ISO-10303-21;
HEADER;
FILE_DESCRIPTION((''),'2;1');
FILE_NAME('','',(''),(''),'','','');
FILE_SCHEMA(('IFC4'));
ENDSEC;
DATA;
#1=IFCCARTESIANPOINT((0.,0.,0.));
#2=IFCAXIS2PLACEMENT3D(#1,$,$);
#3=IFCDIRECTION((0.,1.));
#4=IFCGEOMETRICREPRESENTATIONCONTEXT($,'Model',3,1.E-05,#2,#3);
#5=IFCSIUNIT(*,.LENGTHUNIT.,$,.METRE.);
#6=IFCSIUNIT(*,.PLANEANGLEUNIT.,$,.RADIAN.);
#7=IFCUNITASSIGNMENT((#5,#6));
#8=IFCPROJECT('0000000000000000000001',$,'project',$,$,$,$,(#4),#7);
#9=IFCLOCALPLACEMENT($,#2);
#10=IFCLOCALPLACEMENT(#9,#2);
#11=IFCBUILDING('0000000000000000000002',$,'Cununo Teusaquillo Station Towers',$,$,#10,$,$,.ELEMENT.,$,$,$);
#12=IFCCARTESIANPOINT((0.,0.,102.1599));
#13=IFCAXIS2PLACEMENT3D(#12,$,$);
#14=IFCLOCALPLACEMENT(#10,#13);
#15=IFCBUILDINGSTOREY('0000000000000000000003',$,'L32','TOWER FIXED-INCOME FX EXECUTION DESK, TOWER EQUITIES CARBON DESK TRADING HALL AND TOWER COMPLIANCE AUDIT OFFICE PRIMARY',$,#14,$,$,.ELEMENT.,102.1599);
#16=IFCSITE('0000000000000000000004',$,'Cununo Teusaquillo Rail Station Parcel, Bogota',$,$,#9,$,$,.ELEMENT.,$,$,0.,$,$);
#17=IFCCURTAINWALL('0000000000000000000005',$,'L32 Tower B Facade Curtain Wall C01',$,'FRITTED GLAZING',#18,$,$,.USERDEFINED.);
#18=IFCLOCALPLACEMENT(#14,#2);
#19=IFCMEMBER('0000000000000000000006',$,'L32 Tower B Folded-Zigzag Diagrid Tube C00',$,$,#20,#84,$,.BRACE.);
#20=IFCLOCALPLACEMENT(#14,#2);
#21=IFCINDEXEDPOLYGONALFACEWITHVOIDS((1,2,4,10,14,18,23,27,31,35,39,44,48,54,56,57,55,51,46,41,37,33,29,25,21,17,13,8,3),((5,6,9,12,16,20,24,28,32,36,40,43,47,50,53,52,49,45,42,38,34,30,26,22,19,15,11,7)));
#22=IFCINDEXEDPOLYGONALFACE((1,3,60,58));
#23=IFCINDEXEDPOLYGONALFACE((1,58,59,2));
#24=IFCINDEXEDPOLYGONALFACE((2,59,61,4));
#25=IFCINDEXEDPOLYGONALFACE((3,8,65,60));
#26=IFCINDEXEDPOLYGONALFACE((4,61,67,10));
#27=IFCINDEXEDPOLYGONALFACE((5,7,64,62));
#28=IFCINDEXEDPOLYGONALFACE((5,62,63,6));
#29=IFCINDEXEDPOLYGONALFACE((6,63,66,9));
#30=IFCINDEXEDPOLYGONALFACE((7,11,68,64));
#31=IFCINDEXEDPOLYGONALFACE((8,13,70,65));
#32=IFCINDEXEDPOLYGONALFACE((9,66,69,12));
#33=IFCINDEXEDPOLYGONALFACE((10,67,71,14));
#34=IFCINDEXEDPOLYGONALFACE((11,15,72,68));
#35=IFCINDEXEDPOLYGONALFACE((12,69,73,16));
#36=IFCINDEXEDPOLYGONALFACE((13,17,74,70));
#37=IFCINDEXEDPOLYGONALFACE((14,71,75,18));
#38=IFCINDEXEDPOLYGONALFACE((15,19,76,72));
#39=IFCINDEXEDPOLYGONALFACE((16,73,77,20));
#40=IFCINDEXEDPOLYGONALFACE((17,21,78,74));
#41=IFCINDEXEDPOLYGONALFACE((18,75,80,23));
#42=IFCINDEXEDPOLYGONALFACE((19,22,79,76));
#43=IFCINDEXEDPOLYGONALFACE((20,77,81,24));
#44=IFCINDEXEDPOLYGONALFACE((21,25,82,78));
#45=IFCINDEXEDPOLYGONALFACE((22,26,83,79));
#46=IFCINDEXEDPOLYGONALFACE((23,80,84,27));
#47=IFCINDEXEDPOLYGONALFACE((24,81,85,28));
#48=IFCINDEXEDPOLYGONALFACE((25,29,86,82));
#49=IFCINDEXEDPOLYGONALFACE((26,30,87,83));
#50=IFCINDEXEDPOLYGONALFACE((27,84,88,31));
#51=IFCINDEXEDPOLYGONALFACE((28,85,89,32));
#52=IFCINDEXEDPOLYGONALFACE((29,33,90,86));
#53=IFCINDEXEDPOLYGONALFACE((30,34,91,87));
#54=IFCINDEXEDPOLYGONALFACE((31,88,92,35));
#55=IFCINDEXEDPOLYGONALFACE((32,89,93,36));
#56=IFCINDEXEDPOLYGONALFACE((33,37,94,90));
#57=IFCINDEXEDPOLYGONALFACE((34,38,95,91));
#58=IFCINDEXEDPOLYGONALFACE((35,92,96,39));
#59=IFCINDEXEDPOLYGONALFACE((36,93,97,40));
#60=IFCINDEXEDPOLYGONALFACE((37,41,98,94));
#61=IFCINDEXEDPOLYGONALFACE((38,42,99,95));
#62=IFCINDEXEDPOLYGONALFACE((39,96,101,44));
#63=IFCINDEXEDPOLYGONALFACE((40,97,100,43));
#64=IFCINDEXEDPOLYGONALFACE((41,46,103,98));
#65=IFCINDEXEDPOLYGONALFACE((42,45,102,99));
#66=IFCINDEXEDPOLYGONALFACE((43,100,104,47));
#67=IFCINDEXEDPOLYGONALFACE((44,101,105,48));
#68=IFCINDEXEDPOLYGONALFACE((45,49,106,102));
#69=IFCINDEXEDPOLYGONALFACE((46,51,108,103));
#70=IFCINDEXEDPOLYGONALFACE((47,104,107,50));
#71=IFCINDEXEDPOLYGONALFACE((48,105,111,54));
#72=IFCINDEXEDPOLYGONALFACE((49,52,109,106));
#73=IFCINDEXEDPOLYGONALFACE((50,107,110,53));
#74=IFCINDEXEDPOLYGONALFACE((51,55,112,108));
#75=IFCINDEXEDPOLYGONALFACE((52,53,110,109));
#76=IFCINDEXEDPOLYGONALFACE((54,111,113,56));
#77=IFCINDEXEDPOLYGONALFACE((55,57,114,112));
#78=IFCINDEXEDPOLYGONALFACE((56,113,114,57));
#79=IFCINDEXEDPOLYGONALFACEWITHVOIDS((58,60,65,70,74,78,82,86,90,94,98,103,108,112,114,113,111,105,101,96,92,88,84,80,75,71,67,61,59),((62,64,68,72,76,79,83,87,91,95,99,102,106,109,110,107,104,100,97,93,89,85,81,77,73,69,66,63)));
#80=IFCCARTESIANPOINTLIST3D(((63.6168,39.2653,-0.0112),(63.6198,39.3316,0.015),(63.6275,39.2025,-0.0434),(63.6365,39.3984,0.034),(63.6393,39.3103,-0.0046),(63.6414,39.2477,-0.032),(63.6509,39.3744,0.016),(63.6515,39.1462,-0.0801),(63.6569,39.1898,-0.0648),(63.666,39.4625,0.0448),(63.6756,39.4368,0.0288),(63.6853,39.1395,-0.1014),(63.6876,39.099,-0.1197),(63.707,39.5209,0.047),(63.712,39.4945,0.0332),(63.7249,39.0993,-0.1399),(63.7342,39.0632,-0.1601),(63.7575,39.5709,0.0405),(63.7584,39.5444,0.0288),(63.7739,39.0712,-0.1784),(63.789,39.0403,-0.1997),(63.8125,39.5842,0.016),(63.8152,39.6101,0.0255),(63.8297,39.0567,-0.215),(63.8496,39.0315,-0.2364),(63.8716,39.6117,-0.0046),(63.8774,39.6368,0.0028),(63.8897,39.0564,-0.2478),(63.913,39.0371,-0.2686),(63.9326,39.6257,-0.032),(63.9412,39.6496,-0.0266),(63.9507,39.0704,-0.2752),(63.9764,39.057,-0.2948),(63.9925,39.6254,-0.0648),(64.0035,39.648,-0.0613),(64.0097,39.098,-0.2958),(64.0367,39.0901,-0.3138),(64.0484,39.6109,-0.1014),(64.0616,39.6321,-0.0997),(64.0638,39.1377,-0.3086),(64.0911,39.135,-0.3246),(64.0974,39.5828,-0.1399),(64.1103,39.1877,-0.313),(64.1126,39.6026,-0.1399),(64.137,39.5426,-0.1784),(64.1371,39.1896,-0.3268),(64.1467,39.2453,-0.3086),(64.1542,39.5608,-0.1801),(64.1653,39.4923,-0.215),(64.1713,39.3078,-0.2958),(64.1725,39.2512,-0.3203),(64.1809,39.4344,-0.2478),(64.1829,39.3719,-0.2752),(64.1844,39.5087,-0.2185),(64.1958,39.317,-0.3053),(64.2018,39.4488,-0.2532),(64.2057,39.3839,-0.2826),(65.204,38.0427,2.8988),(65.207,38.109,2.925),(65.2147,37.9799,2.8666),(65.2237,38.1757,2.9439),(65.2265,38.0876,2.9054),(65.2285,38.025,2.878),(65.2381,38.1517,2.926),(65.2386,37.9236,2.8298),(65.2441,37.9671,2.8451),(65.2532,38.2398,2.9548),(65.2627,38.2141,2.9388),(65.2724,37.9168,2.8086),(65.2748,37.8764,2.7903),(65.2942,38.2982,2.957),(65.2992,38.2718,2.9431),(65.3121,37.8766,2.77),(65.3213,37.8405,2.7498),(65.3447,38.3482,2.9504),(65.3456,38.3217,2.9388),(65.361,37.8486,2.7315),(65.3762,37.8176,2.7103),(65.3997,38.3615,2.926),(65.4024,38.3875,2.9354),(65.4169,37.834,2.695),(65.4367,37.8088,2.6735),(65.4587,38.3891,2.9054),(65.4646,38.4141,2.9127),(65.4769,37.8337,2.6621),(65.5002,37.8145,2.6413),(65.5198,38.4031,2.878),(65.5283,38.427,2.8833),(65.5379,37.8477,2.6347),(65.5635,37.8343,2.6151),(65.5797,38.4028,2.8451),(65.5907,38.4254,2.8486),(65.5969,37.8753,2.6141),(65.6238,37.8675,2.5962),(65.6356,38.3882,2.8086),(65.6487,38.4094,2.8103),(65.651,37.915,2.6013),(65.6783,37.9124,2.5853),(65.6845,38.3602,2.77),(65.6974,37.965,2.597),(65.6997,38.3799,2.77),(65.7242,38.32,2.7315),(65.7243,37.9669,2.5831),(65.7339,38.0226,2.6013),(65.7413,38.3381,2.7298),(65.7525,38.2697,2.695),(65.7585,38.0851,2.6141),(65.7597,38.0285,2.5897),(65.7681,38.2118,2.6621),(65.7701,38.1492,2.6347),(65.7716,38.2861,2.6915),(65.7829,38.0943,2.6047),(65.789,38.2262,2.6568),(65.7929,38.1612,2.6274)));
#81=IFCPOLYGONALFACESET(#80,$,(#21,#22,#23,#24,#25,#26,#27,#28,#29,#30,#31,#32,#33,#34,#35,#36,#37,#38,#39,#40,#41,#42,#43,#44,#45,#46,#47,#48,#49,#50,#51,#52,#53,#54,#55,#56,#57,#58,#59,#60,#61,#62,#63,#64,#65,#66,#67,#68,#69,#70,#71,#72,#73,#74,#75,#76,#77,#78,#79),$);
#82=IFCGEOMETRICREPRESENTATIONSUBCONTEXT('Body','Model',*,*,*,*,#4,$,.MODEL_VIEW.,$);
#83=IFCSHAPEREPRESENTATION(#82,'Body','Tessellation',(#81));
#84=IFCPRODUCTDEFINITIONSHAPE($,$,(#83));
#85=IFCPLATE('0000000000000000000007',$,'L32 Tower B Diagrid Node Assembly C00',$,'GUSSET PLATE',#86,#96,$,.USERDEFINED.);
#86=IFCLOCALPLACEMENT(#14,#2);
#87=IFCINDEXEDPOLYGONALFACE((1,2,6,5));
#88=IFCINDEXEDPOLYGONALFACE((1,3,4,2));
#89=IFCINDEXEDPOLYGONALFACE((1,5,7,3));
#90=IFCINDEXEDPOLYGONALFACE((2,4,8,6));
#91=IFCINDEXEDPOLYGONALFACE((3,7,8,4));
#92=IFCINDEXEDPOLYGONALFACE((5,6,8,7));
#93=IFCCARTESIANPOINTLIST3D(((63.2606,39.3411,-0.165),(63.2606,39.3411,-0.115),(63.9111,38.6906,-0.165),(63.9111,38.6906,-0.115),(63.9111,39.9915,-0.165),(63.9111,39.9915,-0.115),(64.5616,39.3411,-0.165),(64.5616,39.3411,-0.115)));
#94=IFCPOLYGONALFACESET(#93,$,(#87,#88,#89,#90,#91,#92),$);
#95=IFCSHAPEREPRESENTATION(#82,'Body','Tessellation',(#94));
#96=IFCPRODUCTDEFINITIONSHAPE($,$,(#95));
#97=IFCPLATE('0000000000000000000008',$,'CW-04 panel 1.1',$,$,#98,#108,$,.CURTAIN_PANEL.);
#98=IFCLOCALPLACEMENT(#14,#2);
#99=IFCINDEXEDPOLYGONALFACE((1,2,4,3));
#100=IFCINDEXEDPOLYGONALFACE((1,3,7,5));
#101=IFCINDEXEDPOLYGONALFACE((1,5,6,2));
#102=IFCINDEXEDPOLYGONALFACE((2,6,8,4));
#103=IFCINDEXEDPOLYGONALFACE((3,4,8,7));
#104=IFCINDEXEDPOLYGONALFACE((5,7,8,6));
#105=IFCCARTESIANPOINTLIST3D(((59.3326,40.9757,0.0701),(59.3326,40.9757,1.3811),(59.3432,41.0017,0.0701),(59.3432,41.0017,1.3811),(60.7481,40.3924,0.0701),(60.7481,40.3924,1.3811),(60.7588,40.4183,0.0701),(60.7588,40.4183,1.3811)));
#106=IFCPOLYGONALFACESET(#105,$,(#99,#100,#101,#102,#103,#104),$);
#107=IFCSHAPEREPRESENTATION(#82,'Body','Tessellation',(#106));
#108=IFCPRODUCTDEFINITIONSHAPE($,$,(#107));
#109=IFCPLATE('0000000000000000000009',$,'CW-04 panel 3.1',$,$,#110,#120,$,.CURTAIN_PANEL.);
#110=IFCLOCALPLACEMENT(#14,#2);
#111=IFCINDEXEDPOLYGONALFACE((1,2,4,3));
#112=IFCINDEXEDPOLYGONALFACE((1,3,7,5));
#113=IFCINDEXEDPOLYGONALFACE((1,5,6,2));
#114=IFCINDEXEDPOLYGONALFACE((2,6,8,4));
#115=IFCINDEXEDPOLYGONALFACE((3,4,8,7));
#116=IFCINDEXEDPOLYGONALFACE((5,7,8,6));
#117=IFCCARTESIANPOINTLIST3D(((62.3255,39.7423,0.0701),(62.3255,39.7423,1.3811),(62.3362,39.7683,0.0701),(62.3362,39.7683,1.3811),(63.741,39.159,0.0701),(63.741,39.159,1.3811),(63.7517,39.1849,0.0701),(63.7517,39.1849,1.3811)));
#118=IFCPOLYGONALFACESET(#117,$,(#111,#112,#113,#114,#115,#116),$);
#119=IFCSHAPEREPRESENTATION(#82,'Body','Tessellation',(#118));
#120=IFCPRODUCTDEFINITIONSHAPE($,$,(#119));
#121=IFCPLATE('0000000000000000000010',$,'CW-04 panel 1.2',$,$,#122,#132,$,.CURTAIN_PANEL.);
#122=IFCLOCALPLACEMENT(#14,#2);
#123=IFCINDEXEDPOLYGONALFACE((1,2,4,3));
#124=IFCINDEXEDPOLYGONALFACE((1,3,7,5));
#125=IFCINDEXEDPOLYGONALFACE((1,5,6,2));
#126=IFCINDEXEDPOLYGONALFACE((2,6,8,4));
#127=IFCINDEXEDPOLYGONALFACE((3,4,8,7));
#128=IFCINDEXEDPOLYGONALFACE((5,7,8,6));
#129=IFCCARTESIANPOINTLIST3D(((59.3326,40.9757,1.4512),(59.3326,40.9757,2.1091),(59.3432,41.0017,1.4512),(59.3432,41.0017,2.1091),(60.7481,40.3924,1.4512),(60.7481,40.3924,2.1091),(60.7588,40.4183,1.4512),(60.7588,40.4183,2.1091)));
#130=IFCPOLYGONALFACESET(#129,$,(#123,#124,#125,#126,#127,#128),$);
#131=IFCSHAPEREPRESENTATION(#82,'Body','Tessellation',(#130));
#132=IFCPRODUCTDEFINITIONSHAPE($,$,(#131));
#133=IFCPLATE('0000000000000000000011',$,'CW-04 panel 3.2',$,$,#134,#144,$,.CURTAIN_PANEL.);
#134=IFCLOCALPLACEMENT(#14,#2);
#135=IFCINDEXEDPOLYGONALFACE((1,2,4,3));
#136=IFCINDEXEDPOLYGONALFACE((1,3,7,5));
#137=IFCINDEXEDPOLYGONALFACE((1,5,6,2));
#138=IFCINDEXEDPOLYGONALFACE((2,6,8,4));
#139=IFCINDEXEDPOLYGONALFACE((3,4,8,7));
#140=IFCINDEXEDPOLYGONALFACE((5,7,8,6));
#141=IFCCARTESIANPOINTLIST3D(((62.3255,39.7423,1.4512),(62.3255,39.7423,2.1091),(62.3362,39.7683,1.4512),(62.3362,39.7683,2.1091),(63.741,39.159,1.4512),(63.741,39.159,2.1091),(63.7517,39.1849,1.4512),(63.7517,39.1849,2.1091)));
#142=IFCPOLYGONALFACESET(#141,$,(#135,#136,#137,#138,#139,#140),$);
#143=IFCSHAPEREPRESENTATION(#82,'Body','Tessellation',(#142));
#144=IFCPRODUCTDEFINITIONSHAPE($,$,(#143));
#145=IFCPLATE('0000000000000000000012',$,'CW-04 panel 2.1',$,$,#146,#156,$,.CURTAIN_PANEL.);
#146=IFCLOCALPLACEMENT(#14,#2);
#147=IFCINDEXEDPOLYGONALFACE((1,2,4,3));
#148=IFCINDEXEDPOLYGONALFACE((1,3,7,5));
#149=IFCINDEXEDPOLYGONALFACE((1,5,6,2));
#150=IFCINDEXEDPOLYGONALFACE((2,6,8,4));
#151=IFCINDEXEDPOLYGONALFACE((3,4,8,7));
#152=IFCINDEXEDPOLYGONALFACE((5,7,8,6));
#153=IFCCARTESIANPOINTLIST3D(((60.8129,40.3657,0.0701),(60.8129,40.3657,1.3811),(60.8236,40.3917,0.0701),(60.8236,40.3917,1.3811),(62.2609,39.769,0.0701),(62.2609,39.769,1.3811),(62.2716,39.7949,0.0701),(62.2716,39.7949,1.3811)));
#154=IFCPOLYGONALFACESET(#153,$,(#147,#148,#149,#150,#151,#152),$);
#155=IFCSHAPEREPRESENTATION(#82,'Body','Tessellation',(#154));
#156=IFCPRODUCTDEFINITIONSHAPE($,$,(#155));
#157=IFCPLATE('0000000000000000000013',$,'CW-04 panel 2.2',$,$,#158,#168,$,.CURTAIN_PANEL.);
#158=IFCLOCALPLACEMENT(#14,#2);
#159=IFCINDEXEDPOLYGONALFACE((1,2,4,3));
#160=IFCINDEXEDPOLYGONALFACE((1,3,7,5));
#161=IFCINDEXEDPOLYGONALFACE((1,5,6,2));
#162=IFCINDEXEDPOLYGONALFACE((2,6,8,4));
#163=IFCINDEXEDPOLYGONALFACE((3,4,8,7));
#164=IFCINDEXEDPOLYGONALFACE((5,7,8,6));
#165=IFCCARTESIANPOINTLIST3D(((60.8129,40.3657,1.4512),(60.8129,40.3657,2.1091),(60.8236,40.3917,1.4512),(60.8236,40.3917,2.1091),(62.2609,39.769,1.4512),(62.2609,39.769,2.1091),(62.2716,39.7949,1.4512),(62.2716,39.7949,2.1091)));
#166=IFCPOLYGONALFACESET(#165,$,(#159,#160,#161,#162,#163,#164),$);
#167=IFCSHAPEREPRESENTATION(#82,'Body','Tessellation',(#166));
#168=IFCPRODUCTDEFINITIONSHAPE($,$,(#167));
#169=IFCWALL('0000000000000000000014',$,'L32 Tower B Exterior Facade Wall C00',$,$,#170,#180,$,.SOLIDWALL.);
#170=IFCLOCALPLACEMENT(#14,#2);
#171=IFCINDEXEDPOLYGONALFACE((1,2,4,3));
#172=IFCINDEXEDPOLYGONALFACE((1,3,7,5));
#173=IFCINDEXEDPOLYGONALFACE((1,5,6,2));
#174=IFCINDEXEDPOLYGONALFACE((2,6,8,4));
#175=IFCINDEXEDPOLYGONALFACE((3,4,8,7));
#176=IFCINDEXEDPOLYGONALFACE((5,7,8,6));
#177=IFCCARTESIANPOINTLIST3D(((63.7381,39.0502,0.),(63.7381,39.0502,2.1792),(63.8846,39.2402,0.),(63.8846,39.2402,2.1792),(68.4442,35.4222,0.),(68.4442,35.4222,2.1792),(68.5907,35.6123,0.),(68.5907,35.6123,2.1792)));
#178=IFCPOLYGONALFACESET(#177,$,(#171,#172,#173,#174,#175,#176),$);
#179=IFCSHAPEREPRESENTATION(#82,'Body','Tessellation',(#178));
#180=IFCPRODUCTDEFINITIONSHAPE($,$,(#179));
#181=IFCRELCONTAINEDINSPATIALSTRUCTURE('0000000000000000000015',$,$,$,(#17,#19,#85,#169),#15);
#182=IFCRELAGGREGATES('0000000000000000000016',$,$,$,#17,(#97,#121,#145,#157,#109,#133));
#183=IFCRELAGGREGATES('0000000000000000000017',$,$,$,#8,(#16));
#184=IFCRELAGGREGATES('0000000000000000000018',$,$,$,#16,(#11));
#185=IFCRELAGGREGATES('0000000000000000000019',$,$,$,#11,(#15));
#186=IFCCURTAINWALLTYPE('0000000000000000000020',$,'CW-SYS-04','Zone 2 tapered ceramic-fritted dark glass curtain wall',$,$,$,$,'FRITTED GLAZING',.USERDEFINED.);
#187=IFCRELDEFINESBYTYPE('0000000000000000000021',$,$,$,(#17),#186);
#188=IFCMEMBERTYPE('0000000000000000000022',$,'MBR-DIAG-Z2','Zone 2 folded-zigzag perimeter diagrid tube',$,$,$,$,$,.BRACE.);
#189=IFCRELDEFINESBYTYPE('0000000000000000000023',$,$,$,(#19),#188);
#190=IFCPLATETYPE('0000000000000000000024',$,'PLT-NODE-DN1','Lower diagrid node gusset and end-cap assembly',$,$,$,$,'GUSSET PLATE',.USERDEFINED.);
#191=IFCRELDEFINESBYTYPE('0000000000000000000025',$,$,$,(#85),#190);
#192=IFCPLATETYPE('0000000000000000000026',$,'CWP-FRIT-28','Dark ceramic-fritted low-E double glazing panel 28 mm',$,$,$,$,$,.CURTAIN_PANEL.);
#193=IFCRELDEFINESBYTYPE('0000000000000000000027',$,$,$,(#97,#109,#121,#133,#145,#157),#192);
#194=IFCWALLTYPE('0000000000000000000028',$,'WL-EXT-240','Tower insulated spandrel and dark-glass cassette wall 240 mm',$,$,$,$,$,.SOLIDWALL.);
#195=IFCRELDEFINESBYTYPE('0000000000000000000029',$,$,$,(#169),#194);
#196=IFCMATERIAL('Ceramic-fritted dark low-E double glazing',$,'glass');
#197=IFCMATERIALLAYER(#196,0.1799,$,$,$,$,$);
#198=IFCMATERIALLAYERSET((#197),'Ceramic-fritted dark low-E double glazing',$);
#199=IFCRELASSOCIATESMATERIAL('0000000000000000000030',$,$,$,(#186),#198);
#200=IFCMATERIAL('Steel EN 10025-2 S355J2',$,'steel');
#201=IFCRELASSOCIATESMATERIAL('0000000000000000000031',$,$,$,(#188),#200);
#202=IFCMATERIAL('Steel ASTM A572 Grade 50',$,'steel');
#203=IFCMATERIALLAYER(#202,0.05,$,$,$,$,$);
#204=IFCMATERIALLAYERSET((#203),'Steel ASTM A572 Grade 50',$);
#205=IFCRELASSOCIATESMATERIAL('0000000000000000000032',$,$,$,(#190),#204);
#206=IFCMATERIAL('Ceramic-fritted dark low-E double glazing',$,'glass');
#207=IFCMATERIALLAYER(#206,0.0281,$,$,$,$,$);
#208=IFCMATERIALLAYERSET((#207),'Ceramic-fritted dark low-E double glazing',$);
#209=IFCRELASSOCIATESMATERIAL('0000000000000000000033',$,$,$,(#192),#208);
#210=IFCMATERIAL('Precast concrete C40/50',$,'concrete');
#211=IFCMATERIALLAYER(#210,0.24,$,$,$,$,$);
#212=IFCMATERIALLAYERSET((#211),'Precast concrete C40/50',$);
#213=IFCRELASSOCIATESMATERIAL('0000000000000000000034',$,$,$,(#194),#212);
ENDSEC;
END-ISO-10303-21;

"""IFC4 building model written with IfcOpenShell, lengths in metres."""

from ifc_helpers import new_model, si_unit, direction, frame, frame_2d, origin, origin_2d, place, context, subcontext, project, spatial, rectangle, hollow_circle, extrude, source, transform, mapped, material, layer, layer_set, material_profile, profile_set, type_object, element, aggregate, save


model = new_model("IFC4")

# Units and contexts
model_context = context("Model", 3, precision=1e-05, world=origin(), true_north=direction((0.0, 1.0)))
body_context = subcontext(model_context, "Body", "Model", "MODEL_VIEW")
ifc_project = project(units=[si_unit("LENGTHUNIT", "METRE"), si_unit("PLANEANGLEUNIT", "RADIAN")], contexts=[model_context])

# Site, building, storey
site_placement = place(None, origin())
site = spatial("IfcSite", under=ifc_project, at=site_placement, Name="Cununo Teusaquillo Rail Station Parcel, Bogota", CompositionType="ELEMENT", RefElevation=0.0)
building_placement = place(site_placement, origin())
building = spatial("IfcBuilding", under=site, at=building_placement, Name="Cununo Teusaquillo Station Towers", CompositionType="ELEMENT")
storey_placement = place(building_placement, frame((0.0, 0.0, 102.1599)))
storey = spatial("IfcBuildingStorey", under=building, at=storey_placement, Name="L32", Description="TOWER FIXED-INCOME FX EXECUTION DESK, TOWER EQUITIES CARBON DESK TRADING HALL AND TOWER COMPLIANCE AUDIT OFFICE PRIMARY", CompositionType="ELEMENT", Elevation=102.1599)

# Curtain wall
ifc_material_1 = material(Name="Ceramic-fritted dark low-E double glazing", Category="glass")
ifc_layer_1 = layer(ifc_material_1, 0.1799)
ifc_layer_set_1 = layer_set([ifc_layer_1], Name="Ceramic-fritted dark low-E double glazing")
curtain_wall_type = type_object("IfcCurtainWallType", Name="CW-SYS-04", Description="Zone 2 tapered ceramic-fritted dark glass curtain wall", ElementType="FRITTED GLAZING", PredefinedType="USERDEFINED", material=ifc_layer_set_1)
curtain_wall_placement = place(storey_placement, origin())
curtain_wall = element("IfcCurtainWall", 1, at=curtain_wall_placement, inside=storey, type_object=curtain_wall_type, Name="L32 Tower B Facade Curtain Wall C01", ObjectType="FRITTED GLAZING", PredefinedType="USERDEFINED")

# Member
ifc_material_2 = material(Name="Steel EN 10025-2 S355J2", Category="steel")
ifc_material_profile_1 = material_profile(ifc_material_2, hollow_circle(Radius=0.3301, WallThickness=0.0249, at=origin_2d()), Name="CHS 660x25")
ifc_profile_set_1 = profile_set([ifc_material_profile_1], Name="Steel EN 10025-2 S355J2")
member_type_1 = type_object("IfcMemberType", Name="MBR-DIAG-Z2", Description="Zone 2 folded-zigzag perimeter diagrid tube", PredefinedType="BRACE", material=ifc_profile_set_1)
member_1_placement = place(storey_placement, frame((63.9111, 39.3411, -0.1399), z_axis=(0.449248, -0.346075, 0.823656), x_axis=(0.610264, 0.792198, 0.0)))
element("IfcMember", 2, at=member_1_placement, inside=storey, type_object=member_type_1, Name="L32 Tower B Folded-Zigzag Diagrid Tube C00", PredefinedType="BRACE", context=body_context, shape_type="SweptSolid", body=[
    extrude(hollow_circle(Radius=0.3301, WallThickness=0.0249, at=origin_2d()), origin(), (0.0, 0.0, 1.0), 3.533),
])

# Plates
ifc_material_3 = material(Name="Steel ASTM A572 Grade 50", Category="steel")
ifc_layer_2 = layer(ifc_material_3, 0.05)
ifc_layer_set_2 = layer_set([ifc_layer_2], Name="Steel ASTM A572 Grade 50")
plate_type_1 = type_object("IfcPlateType", Name="PLT-NODE-DN1", Description="Lower diagrid node gusset and end-cap assembly", ElementType="GUSSET PLATE", PredefinedType="USERDEFINED", material=ifc_layer_set_2)
shared_shape_1 = source(origin(), body_context, "Body", "SweptSolid", [
    extrude(rectangle(XDim=0.9199, YDim=0.9199, at=origin_2d()), origin(), (0.0, 0.0, 1.0), 0.05),
])
plate_1_placement = place(storey_placement, frame((63.9111, 39.3411, -0.165), z_axis=(0.0, 0.0, 1.0), x_axis=(0.707107, 0.707107, 0.0)))
element("IfcPlate", 3, at=plate_1_placement, inside=storey, type_object=plate_type_1, Name="L32 Tower B Diagrid Node Assembly C00", ObjectType="GUSSET PLATE", PredefinedType="USERDEFINED", context=body_context, shape_type="MappedRepresentation", body=[
    mapped(shared_shape_1, transform((0.0, 0.0, 0.0), x_axis=(1.0, 0.0, 0.0), y_axis=(0.0, 1.0, 0.0), z_axis=(0.0, 0.0, 1.0), scale=1.0)),
])
ifc_material_4 = material(Name="Ceramic-fritted dark low-E double glazing", Category="glass")
ifc_layer_3 = layer(ifc_material_4, 0.0281)
ifc_layer_set_3 = layer_set([ifc_layer_3], Name="Ceramic-fritted dark low-E double glazing")
plate_type_2 = type_object("IfcPlateType", Name="CWP-FRIT-28", Description="Dark ceramic-fritted low-E double glazing panel 28 mm", PredefinedType="CURTAIN_PANEL", material=ifc_layer_set_3)
shared_shape_2 = source(origin(), body_context, "Body", "SweptSolid", [
    extrude(rectangle(XDim=1.531, YDim=0.0281, at=origin_2d()), origin(), (0.0, 0.0, 1.0), 1.311),
])
plate_2_placement = place(storey_placement, frame((60.0457, 40.697, 0.0701), z_axis=(0.0, 0.0, 1.0), x_axis=(0.924562, -0.381031, 0.0)))
plate_2 = element("IfcPlate", 4, at=plate_2_placement, type_object=plate_type_2, Name="CW-04 panel 1.1", PredefinedType="CURTAIN_PANEL", context=body_context, shape_type="MappedRepresentation", body=[
    mapped(shared_shape_2, transform((0.0, 0.0, 0.0), x_axis=(1.0, 0.0, 0.0), y_axis=(0.0, 1.0, 0.0), z_axis=(0.0, 0.0, 1.0), scale=1.0)),
])
plate_3_placement = place(storey_placement, frame((63.0386, 39.4636, 0.0701), z_axis=(0.0, 0.0, 1.0), x_axis=(0.924562, -0.381031, 0.0)))
plate_3 = element("IfcPlate", 5, at=plate_3_placement, type_object=plate_type_2, Name="CW-04 panel 3.1", PredefinedType="CURTAIN_PANEL", context=body_context, shape_type="MappedRepresentation", body=[
    mapped(shared_shape_2, transform((0.0, 0.0, 0.0), x_axis=(1.0, 0.0, 0.0), y_axis=(0.0, 1.0, 0.0), z_axis=(0.0, 0.0, 1.0), scale=1.0)),
])
shared_shape_3 = source(origin(), body_context, "Body", "SweptSolid", [
    extrude(rectangle(XDim=1.531, YDim=0.0281, at=origin_2d()), origin(), (0.0, 0.0, 1.0), 0.658),
])
plate_4_placement = place(storey_placement, frame((60.0457, 40.697, 1.4512), z_axis=(0.0, 0.0, 1.0), x_axis=(0.924562, -0.381031, 0.0)))
plate_4 = element("IfcPlate", 6, at=plate_4_placement, type_object=plate_type_2, Name="CW-04 panel 1.2", PredefinedType="CURTAIN_PANEL", context=body_context, shape_type="MappedRepresentation", body=[
    mapped(shared_shape_3, transform((0.0, 0.0, 0.0), x_axis=(1.0, 0.0, 0.0), y_axis=(0.0, 1.0, 0.0), z_axis=(0.0, 0.0, 1.0), scale=1.0)),
])
plate_5_placement = place(storey_placement, frame((63.0386, 39.4636, 1.4512), z_axis=(0.0, 0.0, 1.0), x_axis=(0.924562, -0.381031, 0.0)))
plate_5 = element("IfcPlate", 7, at=plate_5_placement, type_object=plate_type_2, Name="CW-04 panel 3.2", PredefinedType="CURTAIN_PANEL", context=body_context, shape_type="MappedRepresentation", body=[
    mapped(shared_shape_3, transform((0.0, 0.0, 0.0), x_axis=(1.0, 0.0, 0.0), y_axis=(0.0, 1.0, 0.0), z_axis=(0.0, 0.0, 1.0), scale=1.0)),
])
shared_shape_4 = source(origin(), body_context, "Body", "SweptSolid", [
    extrude(rectangle(XDim=1.5662, YDim=0.0281, at=origin_2d()), origin(), (0.0, 0.0, 1.0), 1.311),
])
plate_6_placement = place(storey_placement, frame((61.5422, 40.0803, 0.0701), z_axis=(0.0, 0.0, 1.0), x_axis=(0.924562, -0.381031, 0.0)))
plate_6 = element("IfcPlate", 8, at=plate_6_placement, type_object=plate_type_2, Name="CW-04 panel 2.1", PredefinedType="CURTAIN_PANEL", context=body_context, shape_type="MappedRepresentation", body=[
    mapped(shared_shape_4, transform((0.0, 0.0, 0.0), x_axis=(1.0, 0.0, 0.0), y_axis=(0.0, 1.0, 0.0), z_axis=(0.0, 0.0, 1.0), scale=1.0)),
])
shared_shape_5 = source(origin(), body_context, "Body", "SweptSolid", [
    extrude(rectangle(XDim=1.5662, YDim=0.0281, at=origin_2d()), origin(), (0.0, 0.0, 1.0), 0.658),
])
plate_7_placement = place(storey_placement, frame((61.5422, 40.0803, 1.4512), z_axis=(0.0, 0.0, 1.0), x_axis=(0.924562, -0.381031, 0.0)))
plate_7 = element("IfcPlate", 9, at=plate_7_placement, type_object=plate_type_2, Name="CW-04 panel 2.2", PredefinedType="CURTAIN_PANEL", context=body_context, shape_type="MappedRepresentation", body=[
    mapped(shared_shape_5, transform((0.0, 0.0, 0.0), x_axis=(1.0, 0.0, 0.0), y_axis=(0.0, 1.0, 0.0), z_axis=(0.0, 0.0, 1.0), scale=1.0)),
])
aggregate(curtain_wall, [plate_2, plate_4, plate_6, plate_7, plate_3, plate_5])

# Wall
ifc_material_5 = material(Name="Precast concrete C40/50", Category="concrete")
ifc_layer_4 = layer(ifc_material_5, 0.24)
ifc_layer_set_4 = layer_set([ifc_layer_4], Name="Precast concrete C40/50")
wall_type_1 = type_object("IfcWallType", Name="WL-EXT-240", Description="Tower insulated spandrel and dark-glass cassette wall 240 mm", PredefinedType="SOLIDWALL", material=ifc_layer_set_4)
wall_1_placement = place(storey_placement, frame((63.8113, 39.1453, 0.0), z_axis=(0.0, 0.0, 1.0), x_axis=(0.791982, -0.610544, 0.0)))
element("IfcWall", 10, at=wall_1_placement, inside=storey, type_object=wall_type_1, Name="L32 Tower B Exterior Facade Wall C00", PredefinedType="SOLIDWALL", context=body_context, shape_type="SweptSolid", body=[
    extrude(rectangle(XDim=5.9421, YDim=0.24, at=frame_2d((2.9712, 0.0))), origin(), (0.0, 0.0, 1.0), 2.1792),
])

save(model, "model.ifc")
